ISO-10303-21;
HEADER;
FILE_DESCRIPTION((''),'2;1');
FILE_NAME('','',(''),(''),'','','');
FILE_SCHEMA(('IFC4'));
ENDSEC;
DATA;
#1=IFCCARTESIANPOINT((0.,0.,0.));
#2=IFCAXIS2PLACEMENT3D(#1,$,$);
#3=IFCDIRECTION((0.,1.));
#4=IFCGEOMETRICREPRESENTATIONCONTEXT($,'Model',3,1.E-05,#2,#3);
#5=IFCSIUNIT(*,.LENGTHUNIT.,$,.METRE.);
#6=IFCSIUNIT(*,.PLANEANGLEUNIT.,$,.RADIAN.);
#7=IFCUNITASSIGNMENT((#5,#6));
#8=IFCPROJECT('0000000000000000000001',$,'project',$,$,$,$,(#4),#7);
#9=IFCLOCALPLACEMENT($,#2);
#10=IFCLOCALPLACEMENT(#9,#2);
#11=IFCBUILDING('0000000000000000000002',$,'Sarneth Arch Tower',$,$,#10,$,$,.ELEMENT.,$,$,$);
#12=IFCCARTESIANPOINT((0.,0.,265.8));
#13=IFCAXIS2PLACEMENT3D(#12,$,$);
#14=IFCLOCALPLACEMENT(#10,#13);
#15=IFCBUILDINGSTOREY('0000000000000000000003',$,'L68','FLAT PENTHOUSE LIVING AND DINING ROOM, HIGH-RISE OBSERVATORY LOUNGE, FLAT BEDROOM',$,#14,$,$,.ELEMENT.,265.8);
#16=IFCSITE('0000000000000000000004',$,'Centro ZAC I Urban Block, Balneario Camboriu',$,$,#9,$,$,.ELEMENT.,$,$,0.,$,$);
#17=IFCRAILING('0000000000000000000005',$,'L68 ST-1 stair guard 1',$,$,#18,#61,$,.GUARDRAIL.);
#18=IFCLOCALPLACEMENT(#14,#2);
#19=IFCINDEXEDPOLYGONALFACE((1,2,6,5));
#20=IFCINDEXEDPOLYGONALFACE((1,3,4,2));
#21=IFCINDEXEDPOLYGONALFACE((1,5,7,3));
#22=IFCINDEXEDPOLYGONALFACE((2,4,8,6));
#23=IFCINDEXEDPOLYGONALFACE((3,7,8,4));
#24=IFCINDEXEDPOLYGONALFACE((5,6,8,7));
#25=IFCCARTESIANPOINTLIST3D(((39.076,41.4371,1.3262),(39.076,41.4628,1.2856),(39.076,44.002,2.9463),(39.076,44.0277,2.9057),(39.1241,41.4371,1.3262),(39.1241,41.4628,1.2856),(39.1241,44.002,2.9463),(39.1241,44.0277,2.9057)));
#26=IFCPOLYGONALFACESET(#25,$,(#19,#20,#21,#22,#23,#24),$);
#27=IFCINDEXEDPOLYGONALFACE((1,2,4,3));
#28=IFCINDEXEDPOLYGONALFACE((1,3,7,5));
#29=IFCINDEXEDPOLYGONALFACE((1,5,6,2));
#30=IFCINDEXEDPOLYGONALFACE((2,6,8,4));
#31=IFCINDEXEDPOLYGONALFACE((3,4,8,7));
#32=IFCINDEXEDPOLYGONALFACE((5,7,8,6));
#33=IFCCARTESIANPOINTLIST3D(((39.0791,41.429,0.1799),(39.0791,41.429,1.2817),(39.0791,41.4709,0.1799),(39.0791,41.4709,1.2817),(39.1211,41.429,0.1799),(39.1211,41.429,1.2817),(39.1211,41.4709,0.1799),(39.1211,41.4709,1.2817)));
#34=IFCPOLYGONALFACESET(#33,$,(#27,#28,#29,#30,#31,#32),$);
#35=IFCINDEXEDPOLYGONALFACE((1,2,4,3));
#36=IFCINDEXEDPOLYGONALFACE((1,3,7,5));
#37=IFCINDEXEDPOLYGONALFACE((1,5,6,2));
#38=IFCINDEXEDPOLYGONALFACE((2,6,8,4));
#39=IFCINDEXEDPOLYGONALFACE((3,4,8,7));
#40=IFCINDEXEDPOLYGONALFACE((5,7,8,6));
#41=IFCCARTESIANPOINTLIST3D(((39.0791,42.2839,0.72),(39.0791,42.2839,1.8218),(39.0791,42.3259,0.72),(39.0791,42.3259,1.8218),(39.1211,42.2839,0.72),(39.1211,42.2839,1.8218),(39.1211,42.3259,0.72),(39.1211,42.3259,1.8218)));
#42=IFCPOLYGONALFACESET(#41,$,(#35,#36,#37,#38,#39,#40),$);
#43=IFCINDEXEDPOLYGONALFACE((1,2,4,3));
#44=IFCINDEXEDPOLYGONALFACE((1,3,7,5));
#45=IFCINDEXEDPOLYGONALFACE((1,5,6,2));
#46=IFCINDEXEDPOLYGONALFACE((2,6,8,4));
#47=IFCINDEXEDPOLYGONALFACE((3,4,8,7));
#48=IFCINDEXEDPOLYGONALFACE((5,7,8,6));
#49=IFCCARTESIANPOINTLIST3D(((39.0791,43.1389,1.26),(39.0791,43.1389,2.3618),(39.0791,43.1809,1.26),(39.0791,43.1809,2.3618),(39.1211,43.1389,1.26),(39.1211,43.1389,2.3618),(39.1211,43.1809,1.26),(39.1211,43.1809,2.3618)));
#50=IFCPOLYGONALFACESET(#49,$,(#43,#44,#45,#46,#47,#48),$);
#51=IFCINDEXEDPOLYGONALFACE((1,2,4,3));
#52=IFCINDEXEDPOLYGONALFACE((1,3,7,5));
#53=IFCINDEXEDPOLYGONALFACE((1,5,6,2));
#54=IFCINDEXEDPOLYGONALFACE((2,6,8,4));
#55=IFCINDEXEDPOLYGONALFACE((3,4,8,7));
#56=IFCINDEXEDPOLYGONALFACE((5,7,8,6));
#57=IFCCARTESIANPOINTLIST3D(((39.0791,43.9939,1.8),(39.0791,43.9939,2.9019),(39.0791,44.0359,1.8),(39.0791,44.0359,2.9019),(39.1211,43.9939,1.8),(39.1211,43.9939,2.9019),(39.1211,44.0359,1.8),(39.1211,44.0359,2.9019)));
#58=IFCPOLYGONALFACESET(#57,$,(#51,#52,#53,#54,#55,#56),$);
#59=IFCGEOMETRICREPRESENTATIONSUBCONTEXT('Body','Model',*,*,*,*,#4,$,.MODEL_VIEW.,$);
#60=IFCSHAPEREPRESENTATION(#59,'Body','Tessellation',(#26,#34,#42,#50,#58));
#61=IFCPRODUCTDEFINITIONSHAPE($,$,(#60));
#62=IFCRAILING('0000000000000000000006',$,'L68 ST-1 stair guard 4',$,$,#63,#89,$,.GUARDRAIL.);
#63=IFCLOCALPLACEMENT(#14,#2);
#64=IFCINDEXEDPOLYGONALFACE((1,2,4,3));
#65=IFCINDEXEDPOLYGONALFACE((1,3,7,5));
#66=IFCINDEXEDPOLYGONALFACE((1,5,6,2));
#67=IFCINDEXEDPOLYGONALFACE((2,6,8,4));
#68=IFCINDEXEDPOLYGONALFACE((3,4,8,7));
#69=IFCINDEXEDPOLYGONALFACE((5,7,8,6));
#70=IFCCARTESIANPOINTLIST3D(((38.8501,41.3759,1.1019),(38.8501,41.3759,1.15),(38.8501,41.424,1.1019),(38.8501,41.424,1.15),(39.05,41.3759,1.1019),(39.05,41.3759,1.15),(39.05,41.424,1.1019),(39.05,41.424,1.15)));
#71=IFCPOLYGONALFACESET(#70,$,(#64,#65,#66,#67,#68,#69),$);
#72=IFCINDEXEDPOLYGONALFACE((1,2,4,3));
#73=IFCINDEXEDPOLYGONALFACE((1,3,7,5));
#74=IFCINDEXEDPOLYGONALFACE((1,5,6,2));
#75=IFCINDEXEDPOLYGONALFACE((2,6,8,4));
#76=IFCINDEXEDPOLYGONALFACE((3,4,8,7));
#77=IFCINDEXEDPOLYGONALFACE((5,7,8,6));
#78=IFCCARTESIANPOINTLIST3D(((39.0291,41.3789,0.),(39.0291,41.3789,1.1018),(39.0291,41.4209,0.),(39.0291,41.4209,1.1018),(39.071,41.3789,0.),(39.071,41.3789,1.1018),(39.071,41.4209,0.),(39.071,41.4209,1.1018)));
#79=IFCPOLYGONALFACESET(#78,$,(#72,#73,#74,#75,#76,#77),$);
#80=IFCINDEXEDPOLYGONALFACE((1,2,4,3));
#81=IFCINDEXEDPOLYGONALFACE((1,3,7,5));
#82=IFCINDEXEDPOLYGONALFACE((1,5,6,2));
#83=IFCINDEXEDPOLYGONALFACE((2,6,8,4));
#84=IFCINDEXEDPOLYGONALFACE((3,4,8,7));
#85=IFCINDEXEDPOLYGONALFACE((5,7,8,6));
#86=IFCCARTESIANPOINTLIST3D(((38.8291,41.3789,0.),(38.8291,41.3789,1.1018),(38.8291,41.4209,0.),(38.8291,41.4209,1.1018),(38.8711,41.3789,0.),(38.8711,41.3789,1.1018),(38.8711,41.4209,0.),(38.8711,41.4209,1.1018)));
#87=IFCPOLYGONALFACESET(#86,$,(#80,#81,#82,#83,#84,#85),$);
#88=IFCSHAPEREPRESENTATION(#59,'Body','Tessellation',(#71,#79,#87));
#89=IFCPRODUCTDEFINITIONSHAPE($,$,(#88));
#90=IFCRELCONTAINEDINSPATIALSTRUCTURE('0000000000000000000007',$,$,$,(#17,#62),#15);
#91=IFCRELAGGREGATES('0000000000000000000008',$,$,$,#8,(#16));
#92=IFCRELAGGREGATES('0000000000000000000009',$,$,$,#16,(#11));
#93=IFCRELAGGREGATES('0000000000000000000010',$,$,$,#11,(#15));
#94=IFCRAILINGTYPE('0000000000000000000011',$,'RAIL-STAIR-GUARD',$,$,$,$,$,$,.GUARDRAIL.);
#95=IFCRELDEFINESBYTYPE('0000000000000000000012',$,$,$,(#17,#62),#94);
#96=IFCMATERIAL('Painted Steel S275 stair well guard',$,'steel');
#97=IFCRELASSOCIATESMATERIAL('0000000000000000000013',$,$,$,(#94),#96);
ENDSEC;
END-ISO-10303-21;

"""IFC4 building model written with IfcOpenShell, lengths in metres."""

from ifc_helpers import new_model, si_unit, direction, frame, origin, origin_2d, place, context, subcontext, project, spatial, rectangle, extrude, material, type_object, element, save


model = new_model("IFC4")

# Units and contexts
model_context = context("Model", 3, precision=1e-05, world=origin(), true_north=direction((0.0, 1.0)))
body_context = subcontext(model_context, "Body", "Model", "MODEL_VIEW")
ifc_project = project(units=[si_unit("LENGTHUNIT", "METRE"), si_unit("PLANEANGLEUNIT", "RADIAN")], contexts=[model_context])

# Site, building, storey
site_placement = place(None, origin())
site = spatial("IfcSite", under=ifc_project, at=site_placement, Name="Centro ZAC I Urban Block, Balneario Camboriu", CompositionType="ELEMENT", RefElevation=0.0)
building_placement = place(site_placement, origin())
building = spatial("IfcBuilding", under=site, at=building_placement, Name="Sarneth Arch Tower", CompositionType="ELEMENT")
storey_placement = place(building_placement, frame((0.0, 0.0, 265.8)))
storey = spatial("IfcBuildingStorey", under=building, at=storey_placement, Name="L68", Description="FLAT PENTHOUSE LIVING AND DINING ROOM, HIGH-RISE OBSERVATORY LOUNGE, FLAT BEDROOM", CompositionType="ELEMENT", Elevation=265.8)

# Railings
ifc_material_1 = material(Name="Painted Steel S275 stair well guard", Category="steel")
railing_type_1 = type_object("IfcRailingType", Name="RAIL-STAIR-GUARD", PredefinedType="GUARDRAIL", material=ifc_material_1)
railing_1_placement = place(storey_placement, frame((39.1001, 41.45, 0.1799)))
element("IfcRailing", 1, at=railing_1_placement, inside=storey, type_object=railing_type_1, Name="L68 ST-1 stair guard 1", PredefinedType="GUARDRAIL", context=body_context, shape_type="SweptSolid", body=[
    extrude(rectangle(XDim=0.0481, YDim=0.0481, at=origin_2d()), frame((0.0, 0.0, 1.126), z_axis=(0.0, 0.845466, 0.534029), x_axis=(-1.0, 0.0, 0.0)), (0.0, 0.0, 1.0), 3.0337),
    extrude(rectangle(XDim=0.042, YDim=0.042, at=origin_2d()), origin(), (0.0, 0.0, 1.0), 1.1018),
    extrude(rectangle(XDim=0.042, YDim=0.042, at=origin_2d()), frame((0.0, 0.855, 0.54)), (0.0, 0.0, 1.0), 1.1018),
    extrude(rectangle(XDim=0.042, YDim=0.042, at=origin_2d()), frame((0.0, 1.71, 1.0801)), (0.0, 0.0, 1.0), 1.1018),
    extrude(rectangle(XDim=0.042, YDim=0.042, at=origin_2d()), frame((0.0, 2.5649, 1.6201)), (0.0, 0.0, 1.0), 1.1018),
])
railing_2_placement = place(storey_placement, frame((39.05, 41.3999, 0.0)))
element("IfcRailing", 2, at=railing_2_placement, inside=storey, type_object=railing_type_1, Name="L68 ST-1 stair guard 4", PredefinedType="GUARDRAIL", context=body_context, shape_type="SweptSolid", body=[
    extrude(rectangle(XDim=0.0481, YDim=0.0481, at=origin_2d()), frame((0.0, 0.0, 1.126), z_axis=(-1.0, 0.0, 0.0), x_axis=(0.0, -1.0, 0.0)), (0.0, 0.0, 1.0), 0.2),
    extrude(rectangle(XDim=0.042, YDim=0.042, at=origin_2d()), origin(), (0.0, 0.0, 1.0), 1.1018),
    extrude(rectangle(XDim=0.042, YDim=0.042, at=origin_2d()), frame((-0.2, 0.0, 0.0)), (0.0, 0.0, 1.0), 1.1018),
])

save(model, "model.ifc")
